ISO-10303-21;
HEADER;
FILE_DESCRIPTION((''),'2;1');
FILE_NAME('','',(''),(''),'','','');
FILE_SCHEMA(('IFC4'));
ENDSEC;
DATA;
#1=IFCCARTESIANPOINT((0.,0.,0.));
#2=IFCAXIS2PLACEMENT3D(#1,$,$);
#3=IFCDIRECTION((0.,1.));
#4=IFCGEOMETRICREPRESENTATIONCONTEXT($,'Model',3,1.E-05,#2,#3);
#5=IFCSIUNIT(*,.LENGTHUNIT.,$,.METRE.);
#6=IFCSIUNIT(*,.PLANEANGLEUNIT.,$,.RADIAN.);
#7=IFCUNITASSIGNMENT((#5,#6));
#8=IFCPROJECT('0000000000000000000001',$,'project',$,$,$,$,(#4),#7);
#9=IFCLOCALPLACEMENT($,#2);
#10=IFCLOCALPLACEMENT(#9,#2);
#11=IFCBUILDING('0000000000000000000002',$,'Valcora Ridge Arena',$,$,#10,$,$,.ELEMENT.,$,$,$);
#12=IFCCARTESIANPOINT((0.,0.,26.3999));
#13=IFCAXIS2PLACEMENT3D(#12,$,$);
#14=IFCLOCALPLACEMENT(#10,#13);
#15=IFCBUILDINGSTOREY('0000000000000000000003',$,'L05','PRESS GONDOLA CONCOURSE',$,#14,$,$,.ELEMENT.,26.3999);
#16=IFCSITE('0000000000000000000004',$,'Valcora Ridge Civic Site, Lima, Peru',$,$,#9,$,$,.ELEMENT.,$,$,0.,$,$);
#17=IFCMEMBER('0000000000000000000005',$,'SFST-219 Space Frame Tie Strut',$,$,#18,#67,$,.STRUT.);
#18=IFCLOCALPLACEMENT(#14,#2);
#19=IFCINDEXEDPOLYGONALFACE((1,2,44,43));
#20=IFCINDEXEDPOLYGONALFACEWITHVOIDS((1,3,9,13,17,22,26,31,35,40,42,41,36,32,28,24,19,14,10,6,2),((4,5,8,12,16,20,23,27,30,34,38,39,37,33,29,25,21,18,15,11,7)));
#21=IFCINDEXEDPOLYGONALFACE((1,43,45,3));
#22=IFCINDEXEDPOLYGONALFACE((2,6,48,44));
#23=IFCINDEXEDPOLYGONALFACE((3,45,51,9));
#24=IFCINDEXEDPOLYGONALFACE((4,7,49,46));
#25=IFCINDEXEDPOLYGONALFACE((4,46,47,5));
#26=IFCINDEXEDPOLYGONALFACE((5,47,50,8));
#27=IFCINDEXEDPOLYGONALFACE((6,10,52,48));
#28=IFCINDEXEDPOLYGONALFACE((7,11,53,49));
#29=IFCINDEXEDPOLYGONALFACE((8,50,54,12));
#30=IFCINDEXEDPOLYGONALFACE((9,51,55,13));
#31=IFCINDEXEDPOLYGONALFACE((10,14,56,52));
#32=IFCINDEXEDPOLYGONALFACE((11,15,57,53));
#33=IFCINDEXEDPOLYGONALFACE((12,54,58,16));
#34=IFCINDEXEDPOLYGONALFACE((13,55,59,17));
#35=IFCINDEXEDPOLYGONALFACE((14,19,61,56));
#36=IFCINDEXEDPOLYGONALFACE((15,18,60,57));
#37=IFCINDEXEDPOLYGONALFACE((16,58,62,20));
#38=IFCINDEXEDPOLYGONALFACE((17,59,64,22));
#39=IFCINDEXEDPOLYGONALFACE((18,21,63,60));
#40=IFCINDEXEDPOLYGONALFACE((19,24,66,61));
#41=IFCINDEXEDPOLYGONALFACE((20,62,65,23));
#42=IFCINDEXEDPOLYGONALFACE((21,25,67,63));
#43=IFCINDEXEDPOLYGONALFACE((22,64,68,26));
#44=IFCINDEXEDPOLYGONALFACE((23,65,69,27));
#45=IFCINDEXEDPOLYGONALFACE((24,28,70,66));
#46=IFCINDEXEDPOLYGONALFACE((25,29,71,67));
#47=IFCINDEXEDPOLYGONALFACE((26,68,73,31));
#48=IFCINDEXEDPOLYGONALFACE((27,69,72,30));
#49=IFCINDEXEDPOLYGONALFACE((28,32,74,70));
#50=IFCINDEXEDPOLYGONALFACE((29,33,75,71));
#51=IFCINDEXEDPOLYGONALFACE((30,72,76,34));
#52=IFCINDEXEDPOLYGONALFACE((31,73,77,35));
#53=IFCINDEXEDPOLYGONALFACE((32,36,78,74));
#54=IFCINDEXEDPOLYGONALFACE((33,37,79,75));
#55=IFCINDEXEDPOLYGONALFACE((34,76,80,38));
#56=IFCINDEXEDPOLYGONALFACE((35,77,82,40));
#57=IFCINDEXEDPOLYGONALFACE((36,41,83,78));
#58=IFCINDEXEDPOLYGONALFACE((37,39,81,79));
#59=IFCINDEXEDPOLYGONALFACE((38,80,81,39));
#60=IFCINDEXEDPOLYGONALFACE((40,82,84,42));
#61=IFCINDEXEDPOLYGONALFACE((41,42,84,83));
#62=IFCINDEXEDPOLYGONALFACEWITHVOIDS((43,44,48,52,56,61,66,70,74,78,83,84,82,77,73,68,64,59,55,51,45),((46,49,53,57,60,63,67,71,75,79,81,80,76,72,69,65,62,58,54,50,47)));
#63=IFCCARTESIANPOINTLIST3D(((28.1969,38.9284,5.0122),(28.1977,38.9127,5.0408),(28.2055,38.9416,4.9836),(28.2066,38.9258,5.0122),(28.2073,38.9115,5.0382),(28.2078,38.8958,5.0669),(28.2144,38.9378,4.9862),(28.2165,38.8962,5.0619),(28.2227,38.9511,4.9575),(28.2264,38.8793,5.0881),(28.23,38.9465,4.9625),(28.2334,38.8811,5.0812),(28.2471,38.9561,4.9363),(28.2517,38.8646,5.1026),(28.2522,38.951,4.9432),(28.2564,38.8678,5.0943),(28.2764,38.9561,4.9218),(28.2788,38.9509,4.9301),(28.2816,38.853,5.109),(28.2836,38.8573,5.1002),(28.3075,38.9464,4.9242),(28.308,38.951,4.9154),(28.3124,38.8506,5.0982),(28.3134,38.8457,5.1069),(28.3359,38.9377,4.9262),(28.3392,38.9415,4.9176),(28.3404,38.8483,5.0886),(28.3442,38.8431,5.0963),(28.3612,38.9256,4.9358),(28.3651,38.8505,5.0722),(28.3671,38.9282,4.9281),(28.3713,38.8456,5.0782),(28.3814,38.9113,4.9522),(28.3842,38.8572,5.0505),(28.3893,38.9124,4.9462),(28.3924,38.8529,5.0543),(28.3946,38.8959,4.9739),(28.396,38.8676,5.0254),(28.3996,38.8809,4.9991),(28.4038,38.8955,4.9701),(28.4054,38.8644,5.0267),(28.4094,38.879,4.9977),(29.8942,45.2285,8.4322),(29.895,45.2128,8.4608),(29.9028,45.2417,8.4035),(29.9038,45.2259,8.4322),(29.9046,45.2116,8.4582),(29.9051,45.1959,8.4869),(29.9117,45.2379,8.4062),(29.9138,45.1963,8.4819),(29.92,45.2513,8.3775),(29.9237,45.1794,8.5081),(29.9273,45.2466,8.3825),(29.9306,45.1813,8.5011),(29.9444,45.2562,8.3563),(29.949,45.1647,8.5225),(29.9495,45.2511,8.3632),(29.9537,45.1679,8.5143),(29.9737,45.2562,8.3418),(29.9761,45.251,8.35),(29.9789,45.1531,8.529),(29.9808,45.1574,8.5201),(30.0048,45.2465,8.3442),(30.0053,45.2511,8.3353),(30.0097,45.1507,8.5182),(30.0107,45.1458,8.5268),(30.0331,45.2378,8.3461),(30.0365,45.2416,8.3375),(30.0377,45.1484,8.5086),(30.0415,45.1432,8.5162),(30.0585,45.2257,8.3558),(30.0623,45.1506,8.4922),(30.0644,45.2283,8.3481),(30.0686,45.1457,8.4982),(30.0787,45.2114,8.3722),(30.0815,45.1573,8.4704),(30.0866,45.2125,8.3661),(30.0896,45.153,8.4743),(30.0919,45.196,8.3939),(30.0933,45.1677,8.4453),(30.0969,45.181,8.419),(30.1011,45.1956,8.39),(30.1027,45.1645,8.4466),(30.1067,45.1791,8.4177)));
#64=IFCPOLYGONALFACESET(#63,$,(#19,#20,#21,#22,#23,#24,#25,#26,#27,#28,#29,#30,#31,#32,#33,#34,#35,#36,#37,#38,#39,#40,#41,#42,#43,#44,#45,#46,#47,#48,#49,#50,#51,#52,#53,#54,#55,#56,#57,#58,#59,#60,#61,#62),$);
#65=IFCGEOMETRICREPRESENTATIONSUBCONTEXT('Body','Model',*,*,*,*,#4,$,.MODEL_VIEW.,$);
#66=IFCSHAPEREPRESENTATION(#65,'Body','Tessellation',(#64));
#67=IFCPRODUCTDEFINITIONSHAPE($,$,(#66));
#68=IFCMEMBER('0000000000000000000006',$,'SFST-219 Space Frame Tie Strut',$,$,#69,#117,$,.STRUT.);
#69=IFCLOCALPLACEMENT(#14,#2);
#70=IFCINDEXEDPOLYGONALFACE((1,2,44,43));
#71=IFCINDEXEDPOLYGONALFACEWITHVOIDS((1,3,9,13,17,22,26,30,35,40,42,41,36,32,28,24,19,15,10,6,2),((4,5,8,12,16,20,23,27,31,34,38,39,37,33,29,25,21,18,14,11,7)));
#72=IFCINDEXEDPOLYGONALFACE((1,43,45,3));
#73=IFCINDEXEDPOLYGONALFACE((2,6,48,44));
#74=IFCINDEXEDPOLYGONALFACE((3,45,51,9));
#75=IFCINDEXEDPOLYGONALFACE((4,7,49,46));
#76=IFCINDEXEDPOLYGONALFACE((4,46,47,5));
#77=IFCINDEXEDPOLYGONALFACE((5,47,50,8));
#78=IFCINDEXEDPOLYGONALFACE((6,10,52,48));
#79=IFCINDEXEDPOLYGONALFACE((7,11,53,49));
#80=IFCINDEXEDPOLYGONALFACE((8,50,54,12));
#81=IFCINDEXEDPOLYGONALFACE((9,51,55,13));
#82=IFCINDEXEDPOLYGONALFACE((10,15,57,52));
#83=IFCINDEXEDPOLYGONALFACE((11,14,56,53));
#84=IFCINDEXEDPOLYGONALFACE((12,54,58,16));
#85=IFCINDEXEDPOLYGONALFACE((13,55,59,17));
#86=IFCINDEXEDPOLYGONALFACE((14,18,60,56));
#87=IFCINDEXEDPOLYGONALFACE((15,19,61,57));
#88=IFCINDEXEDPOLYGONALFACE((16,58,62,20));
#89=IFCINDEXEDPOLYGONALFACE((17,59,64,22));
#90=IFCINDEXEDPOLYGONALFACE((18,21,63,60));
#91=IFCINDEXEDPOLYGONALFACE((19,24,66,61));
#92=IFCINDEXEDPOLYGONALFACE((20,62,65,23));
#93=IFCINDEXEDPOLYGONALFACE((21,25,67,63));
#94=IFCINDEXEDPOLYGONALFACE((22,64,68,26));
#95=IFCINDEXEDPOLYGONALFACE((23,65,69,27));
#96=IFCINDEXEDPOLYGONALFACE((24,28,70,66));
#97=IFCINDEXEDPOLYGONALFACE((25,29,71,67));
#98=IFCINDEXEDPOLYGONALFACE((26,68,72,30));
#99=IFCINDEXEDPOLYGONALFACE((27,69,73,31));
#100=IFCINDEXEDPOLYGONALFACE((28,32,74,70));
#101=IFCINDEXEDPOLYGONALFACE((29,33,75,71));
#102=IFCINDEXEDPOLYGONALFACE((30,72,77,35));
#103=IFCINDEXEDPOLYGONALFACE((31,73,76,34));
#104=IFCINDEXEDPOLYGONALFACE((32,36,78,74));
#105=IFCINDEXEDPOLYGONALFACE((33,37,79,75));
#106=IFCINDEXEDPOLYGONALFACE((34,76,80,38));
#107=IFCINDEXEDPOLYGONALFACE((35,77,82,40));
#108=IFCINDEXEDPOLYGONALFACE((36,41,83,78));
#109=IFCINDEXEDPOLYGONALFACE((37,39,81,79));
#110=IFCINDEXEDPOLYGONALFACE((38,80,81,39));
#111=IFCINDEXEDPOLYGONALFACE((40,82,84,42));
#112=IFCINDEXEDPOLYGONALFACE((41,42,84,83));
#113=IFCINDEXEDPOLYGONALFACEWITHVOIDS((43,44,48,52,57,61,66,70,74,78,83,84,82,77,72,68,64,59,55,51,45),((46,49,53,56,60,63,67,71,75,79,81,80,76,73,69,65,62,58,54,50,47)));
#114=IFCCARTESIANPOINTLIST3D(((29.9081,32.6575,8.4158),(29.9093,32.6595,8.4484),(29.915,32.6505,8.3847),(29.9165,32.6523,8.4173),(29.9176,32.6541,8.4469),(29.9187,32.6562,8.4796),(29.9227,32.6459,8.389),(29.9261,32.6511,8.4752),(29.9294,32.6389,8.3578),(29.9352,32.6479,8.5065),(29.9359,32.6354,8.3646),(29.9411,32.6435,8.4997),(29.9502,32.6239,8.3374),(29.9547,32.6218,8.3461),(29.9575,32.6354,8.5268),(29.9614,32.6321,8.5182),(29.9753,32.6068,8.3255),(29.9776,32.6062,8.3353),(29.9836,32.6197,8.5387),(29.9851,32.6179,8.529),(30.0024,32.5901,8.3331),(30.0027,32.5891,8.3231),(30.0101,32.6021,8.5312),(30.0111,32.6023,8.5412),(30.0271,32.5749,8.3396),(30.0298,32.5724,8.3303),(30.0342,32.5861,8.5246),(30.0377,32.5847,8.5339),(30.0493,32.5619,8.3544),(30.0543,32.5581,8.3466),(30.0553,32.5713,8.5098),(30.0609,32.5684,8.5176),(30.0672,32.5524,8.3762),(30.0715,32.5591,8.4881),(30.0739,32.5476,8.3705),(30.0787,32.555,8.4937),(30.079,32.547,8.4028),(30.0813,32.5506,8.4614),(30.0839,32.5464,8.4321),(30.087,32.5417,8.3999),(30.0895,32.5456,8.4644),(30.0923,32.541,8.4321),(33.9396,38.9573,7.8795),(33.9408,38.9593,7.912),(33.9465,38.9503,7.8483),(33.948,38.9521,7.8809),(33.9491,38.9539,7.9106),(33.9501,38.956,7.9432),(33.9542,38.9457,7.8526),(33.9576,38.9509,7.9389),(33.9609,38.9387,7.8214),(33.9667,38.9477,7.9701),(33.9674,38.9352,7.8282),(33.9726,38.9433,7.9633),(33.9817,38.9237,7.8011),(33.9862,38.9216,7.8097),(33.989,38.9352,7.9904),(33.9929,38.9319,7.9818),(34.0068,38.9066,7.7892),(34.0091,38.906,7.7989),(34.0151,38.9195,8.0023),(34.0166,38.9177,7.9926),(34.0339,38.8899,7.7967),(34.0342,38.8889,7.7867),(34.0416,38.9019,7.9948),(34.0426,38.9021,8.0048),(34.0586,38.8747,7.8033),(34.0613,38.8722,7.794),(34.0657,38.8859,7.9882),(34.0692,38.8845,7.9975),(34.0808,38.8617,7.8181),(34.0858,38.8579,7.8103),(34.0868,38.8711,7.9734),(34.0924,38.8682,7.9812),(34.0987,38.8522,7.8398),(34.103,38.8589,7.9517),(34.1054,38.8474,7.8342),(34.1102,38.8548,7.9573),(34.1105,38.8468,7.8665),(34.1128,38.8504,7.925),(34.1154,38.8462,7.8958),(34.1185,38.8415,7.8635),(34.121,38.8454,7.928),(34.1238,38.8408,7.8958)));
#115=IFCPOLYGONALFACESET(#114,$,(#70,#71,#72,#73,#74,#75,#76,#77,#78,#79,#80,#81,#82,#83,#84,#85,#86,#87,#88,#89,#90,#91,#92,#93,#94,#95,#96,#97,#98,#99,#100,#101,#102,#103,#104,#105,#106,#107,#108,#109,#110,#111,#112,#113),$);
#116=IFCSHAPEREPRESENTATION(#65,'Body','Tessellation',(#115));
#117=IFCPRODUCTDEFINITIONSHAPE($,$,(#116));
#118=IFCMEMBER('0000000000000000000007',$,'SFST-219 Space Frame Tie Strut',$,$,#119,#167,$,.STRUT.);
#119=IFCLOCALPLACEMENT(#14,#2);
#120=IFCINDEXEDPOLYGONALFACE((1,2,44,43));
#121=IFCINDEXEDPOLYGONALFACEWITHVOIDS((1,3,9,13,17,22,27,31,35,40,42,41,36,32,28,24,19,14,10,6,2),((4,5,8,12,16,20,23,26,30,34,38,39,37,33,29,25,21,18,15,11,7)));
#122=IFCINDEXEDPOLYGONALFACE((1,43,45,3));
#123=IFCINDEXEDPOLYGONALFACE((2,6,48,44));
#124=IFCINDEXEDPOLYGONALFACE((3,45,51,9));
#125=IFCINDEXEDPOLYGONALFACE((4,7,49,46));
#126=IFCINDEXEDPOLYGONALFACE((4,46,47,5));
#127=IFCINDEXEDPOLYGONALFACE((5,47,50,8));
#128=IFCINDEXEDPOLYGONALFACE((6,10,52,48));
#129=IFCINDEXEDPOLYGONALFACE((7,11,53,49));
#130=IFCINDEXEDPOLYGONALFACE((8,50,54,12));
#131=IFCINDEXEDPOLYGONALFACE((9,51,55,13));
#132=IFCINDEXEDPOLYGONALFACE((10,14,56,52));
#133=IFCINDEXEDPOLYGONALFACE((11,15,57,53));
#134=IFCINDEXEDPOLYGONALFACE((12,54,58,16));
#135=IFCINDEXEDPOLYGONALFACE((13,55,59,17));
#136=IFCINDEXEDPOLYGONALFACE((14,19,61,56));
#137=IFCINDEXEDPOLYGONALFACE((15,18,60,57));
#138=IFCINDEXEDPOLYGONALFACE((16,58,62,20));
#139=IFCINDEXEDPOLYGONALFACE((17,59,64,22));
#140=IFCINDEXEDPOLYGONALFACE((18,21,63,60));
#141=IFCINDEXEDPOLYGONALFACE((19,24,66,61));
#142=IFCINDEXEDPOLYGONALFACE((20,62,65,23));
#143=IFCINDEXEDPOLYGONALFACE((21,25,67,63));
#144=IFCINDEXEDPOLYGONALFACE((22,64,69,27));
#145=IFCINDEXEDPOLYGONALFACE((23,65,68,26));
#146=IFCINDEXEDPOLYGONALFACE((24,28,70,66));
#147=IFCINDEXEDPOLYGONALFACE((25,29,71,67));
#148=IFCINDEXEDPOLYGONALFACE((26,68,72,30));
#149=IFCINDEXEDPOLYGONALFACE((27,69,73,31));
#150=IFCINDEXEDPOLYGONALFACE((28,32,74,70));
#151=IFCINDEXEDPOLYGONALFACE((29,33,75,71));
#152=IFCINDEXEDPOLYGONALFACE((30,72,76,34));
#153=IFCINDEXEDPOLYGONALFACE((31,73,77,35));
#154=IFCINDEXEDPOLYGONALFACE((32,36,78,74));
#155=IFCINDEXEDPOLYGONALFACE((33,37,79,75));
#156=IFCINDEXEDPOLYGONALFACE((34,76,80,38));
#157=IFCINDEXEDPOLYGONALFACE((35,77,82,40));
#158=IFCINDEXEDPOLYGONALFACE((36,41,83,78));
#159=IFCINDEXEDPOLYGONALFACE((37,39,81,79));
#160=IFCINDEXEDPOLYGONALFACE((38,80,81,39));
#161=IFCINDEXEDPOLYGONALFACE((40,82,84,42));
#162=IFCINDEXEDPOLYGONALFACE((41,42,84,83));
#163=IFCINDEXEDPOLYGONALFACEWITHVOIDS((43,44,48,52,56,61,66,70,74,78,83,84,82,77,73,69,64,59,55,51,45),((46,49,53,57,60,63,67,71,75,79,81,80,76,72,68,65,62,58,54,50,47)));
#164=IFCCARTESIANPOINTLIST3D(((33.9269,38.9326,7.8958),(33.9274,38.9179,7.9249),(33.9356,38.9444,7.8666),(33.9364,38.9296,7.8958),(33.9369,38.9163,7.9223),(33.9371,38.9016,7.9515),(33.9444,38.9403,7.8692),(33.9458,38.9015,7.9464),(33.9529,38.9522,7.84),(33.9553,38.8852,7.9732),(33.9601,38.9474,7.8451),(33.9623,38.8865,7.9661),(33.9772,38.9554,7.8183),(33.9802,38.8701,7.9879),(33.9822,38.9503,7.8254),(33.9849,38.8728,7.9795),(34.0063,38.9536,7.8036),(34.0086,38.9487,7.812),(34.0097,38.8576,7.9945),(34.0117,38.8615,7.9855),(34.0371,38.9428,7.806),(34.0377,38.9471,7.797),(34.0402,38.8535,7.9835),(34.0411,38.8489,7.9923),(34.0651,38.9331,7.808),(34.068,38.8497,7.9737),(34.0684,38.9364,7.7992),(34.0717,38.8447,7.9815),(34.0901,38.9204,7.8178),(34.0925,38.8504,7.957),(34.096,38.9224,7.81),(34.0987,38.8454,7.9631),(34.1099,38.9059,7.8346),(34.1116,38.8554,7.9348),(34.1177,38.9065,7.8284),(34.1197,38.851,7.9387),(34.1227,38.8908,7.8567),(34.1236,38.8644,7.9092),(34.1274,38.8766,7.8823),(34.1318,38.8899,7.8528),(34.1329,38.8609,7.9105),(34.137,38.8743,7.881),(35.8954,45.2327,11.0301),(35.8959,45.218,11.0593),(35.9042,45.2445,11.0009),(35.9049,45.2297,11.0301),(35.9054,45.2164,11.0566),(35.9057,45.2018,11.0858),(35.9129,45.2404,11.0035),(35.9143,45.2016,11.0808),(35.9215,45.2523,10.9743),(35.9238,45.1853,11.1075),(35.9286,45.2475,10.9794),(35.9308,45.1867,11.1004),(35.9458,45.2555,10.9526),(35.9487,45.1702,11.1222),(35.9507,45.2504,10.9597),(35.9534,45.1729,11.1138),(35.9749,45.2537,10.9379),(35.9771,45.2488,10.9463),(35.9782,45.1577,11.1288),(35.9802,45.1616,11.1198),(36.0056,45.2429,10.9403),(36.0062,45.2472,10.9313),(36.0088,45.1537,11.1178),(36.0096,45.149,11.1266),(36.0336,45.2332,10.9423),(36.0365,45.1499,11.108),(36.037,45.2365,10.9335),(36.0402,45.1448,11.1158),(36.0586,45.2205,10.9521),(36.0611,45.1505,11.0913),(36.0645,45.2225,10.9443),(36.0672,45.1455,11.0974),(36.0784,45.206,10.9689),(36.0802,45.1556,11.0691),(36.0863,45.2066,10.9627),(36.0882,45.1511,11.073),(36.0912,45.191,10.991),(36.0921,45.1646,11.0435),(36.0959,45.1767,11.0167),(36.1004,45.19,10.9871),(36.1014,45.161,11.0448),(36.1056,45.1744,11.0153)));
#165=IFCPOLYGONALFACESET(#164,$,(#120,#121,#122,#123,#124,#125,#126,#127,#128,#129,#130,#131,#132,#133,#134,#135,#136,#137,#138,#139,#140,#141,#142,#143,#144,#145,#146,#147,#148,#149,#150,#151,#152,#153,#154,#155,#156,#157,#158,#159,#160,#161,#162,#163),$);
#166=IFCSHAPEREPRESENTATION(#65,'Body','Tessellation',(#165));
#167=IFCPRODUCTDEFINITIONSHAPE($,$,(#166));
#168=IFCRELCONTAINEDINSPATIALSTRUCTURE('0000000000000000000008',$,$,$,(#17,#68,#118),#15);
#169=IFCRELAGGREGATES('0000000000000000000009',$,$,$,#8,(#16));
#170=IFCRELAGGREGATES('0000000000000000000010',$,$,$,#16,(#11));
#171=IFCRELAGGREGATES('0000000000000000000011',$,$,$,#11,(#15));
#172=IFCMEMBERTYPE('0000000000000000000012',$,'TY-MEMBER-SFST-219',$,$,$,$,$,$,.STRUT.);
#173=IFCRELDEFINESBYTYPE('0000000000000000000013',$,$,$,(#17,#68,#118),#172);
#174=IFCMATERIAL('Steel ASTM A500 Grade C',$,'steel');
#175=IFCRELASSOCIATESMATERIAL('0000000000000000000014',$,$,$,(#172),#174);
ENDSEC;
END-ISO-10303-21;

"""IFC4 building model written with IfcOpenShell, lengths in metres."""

from ifc_helpers import new_model, si_unit, direction, frame, origin, origin_2d, place, context, subcontext, project, spatial, hollow_circle, extrude, material, material_profile, profile_set, type_object, element, save


model = new_model("IFC4")

# Units and contexts
model_context = context("Model", 3, precision=1e-05, world=origin(), true_north=direction((0.0, 1.0)))
body_context = subcontext(model_context, "Body", "Model", "MODEL_VIEW")
ifc_project = project(units=[si_unit("LENGTHUNIT", "METRE"), si_unit("PLANEANGLEUNIT", "RADIAN")], contexts=[model_context])

# Site, building, storey
site_placement = place(None, origin())
site = spatial("IfcSite", under=ifc_project, at=site_placement, Name="Valcora Ridge Civic Site, Lima, Peru", CompositionType="ELEMENT", RefElevation=0.0)
building_placement = place(site_placement, origin())
building = spatial("IfcBuilding", under=site, at=building_placement, Name="Valcora Ridge Arena", CompositionType="ELEMENT")
storey_placement = place(building_placement, frame((0.0, 0.0, 26.3999)))
storey = spatial("IfcBuildingStorey", under=building, at=storey_placement, Name="L05", Description="PRESS GONDOLA CONCOURSE", CompositionType="ELEMENT", Elevation=26.3999)

# Members
ifc_material_1 = material(Name="Steel ASTM A500 Grade C", Category="steel")
ifc_material_profile_1 = material_profile(ifc_material_1, hollow_circle(Radius=0.1096, WallThickness=0.01, at=origin_2d()), Name="CHS219X10")
ifc_profile_set_1 = profile_set([ifc_material_profile_1], Name="Steel ASTM A500 Grade C")
member_type_1 = type_object("IfcMemberType", Name="TY-MEMBER-SFST-219", PredefinedType="STRUT", material=ifc_profile_set_1)
member_1_placement = place(storey_placement, frame((28.3027, 38.8999, 5.0122), z_axis=(0.230399, 0.855215, 0.464245), x_axis=(-0.965573, 0.26013, 0.0)))
element("IfcMember", 1, at=member_1_placement, inside=storey, type_object=member_type_1, Name="SFST-219 Space Frame Tie Strut", PredefinedType="STRUT", context=body_context, shape_type="SweptSolid", body=[
    extrude(hollow_circle(Radius=0.1096, WallThickness=0.01, at=origin_2d()), origin(), (0.0, 0.0, 1.0), 7.3667),
])
member_2_placement = place(storey_placement, frame((34.0315, 38.8999, 7.8958), z_axis=(-0.537637, -0.840137, 0.071531), x_axis=(0.842295, -0.539018, 0.0)))
element("IfcMember", 2, at=member_2_placement, inside=storey, type_object=member_type_1, Name="SFST-219 Space Frame Tie Strut", PredefinedType="STRUT", context=body_context, shape_type="SweptSolid", body=[
    extrude(hollow_circle(Radius=0.1096, WallThickness=0.01, at=origin_2d()), origin(), (0.0, 0.0, 1.0), 7.4985),
])
member_3_placement = place(storey_placement, frame((34.0315, 38.8999, 7.8958), z_axis=(0.269407, 0.862217, 0.428953), x_axis=(-0.954491, 0.298239, 0.0)))
element("IfcMember", 3, at=member_3_placement, inside=storey, type_object=member_type_1, Name="SFST-219 Space Frame Tie Strut", PredefinedType="STRUT", context=body_context, shape_type="SweptSolid", body=[
    extrude(hollow_circle(Radius=0.1096, WallThickness=0.01, at=origin_2d()), origin(), (0.0, 0.0, 1.0), 7.3069),
])

save(model, "model.ifc")
